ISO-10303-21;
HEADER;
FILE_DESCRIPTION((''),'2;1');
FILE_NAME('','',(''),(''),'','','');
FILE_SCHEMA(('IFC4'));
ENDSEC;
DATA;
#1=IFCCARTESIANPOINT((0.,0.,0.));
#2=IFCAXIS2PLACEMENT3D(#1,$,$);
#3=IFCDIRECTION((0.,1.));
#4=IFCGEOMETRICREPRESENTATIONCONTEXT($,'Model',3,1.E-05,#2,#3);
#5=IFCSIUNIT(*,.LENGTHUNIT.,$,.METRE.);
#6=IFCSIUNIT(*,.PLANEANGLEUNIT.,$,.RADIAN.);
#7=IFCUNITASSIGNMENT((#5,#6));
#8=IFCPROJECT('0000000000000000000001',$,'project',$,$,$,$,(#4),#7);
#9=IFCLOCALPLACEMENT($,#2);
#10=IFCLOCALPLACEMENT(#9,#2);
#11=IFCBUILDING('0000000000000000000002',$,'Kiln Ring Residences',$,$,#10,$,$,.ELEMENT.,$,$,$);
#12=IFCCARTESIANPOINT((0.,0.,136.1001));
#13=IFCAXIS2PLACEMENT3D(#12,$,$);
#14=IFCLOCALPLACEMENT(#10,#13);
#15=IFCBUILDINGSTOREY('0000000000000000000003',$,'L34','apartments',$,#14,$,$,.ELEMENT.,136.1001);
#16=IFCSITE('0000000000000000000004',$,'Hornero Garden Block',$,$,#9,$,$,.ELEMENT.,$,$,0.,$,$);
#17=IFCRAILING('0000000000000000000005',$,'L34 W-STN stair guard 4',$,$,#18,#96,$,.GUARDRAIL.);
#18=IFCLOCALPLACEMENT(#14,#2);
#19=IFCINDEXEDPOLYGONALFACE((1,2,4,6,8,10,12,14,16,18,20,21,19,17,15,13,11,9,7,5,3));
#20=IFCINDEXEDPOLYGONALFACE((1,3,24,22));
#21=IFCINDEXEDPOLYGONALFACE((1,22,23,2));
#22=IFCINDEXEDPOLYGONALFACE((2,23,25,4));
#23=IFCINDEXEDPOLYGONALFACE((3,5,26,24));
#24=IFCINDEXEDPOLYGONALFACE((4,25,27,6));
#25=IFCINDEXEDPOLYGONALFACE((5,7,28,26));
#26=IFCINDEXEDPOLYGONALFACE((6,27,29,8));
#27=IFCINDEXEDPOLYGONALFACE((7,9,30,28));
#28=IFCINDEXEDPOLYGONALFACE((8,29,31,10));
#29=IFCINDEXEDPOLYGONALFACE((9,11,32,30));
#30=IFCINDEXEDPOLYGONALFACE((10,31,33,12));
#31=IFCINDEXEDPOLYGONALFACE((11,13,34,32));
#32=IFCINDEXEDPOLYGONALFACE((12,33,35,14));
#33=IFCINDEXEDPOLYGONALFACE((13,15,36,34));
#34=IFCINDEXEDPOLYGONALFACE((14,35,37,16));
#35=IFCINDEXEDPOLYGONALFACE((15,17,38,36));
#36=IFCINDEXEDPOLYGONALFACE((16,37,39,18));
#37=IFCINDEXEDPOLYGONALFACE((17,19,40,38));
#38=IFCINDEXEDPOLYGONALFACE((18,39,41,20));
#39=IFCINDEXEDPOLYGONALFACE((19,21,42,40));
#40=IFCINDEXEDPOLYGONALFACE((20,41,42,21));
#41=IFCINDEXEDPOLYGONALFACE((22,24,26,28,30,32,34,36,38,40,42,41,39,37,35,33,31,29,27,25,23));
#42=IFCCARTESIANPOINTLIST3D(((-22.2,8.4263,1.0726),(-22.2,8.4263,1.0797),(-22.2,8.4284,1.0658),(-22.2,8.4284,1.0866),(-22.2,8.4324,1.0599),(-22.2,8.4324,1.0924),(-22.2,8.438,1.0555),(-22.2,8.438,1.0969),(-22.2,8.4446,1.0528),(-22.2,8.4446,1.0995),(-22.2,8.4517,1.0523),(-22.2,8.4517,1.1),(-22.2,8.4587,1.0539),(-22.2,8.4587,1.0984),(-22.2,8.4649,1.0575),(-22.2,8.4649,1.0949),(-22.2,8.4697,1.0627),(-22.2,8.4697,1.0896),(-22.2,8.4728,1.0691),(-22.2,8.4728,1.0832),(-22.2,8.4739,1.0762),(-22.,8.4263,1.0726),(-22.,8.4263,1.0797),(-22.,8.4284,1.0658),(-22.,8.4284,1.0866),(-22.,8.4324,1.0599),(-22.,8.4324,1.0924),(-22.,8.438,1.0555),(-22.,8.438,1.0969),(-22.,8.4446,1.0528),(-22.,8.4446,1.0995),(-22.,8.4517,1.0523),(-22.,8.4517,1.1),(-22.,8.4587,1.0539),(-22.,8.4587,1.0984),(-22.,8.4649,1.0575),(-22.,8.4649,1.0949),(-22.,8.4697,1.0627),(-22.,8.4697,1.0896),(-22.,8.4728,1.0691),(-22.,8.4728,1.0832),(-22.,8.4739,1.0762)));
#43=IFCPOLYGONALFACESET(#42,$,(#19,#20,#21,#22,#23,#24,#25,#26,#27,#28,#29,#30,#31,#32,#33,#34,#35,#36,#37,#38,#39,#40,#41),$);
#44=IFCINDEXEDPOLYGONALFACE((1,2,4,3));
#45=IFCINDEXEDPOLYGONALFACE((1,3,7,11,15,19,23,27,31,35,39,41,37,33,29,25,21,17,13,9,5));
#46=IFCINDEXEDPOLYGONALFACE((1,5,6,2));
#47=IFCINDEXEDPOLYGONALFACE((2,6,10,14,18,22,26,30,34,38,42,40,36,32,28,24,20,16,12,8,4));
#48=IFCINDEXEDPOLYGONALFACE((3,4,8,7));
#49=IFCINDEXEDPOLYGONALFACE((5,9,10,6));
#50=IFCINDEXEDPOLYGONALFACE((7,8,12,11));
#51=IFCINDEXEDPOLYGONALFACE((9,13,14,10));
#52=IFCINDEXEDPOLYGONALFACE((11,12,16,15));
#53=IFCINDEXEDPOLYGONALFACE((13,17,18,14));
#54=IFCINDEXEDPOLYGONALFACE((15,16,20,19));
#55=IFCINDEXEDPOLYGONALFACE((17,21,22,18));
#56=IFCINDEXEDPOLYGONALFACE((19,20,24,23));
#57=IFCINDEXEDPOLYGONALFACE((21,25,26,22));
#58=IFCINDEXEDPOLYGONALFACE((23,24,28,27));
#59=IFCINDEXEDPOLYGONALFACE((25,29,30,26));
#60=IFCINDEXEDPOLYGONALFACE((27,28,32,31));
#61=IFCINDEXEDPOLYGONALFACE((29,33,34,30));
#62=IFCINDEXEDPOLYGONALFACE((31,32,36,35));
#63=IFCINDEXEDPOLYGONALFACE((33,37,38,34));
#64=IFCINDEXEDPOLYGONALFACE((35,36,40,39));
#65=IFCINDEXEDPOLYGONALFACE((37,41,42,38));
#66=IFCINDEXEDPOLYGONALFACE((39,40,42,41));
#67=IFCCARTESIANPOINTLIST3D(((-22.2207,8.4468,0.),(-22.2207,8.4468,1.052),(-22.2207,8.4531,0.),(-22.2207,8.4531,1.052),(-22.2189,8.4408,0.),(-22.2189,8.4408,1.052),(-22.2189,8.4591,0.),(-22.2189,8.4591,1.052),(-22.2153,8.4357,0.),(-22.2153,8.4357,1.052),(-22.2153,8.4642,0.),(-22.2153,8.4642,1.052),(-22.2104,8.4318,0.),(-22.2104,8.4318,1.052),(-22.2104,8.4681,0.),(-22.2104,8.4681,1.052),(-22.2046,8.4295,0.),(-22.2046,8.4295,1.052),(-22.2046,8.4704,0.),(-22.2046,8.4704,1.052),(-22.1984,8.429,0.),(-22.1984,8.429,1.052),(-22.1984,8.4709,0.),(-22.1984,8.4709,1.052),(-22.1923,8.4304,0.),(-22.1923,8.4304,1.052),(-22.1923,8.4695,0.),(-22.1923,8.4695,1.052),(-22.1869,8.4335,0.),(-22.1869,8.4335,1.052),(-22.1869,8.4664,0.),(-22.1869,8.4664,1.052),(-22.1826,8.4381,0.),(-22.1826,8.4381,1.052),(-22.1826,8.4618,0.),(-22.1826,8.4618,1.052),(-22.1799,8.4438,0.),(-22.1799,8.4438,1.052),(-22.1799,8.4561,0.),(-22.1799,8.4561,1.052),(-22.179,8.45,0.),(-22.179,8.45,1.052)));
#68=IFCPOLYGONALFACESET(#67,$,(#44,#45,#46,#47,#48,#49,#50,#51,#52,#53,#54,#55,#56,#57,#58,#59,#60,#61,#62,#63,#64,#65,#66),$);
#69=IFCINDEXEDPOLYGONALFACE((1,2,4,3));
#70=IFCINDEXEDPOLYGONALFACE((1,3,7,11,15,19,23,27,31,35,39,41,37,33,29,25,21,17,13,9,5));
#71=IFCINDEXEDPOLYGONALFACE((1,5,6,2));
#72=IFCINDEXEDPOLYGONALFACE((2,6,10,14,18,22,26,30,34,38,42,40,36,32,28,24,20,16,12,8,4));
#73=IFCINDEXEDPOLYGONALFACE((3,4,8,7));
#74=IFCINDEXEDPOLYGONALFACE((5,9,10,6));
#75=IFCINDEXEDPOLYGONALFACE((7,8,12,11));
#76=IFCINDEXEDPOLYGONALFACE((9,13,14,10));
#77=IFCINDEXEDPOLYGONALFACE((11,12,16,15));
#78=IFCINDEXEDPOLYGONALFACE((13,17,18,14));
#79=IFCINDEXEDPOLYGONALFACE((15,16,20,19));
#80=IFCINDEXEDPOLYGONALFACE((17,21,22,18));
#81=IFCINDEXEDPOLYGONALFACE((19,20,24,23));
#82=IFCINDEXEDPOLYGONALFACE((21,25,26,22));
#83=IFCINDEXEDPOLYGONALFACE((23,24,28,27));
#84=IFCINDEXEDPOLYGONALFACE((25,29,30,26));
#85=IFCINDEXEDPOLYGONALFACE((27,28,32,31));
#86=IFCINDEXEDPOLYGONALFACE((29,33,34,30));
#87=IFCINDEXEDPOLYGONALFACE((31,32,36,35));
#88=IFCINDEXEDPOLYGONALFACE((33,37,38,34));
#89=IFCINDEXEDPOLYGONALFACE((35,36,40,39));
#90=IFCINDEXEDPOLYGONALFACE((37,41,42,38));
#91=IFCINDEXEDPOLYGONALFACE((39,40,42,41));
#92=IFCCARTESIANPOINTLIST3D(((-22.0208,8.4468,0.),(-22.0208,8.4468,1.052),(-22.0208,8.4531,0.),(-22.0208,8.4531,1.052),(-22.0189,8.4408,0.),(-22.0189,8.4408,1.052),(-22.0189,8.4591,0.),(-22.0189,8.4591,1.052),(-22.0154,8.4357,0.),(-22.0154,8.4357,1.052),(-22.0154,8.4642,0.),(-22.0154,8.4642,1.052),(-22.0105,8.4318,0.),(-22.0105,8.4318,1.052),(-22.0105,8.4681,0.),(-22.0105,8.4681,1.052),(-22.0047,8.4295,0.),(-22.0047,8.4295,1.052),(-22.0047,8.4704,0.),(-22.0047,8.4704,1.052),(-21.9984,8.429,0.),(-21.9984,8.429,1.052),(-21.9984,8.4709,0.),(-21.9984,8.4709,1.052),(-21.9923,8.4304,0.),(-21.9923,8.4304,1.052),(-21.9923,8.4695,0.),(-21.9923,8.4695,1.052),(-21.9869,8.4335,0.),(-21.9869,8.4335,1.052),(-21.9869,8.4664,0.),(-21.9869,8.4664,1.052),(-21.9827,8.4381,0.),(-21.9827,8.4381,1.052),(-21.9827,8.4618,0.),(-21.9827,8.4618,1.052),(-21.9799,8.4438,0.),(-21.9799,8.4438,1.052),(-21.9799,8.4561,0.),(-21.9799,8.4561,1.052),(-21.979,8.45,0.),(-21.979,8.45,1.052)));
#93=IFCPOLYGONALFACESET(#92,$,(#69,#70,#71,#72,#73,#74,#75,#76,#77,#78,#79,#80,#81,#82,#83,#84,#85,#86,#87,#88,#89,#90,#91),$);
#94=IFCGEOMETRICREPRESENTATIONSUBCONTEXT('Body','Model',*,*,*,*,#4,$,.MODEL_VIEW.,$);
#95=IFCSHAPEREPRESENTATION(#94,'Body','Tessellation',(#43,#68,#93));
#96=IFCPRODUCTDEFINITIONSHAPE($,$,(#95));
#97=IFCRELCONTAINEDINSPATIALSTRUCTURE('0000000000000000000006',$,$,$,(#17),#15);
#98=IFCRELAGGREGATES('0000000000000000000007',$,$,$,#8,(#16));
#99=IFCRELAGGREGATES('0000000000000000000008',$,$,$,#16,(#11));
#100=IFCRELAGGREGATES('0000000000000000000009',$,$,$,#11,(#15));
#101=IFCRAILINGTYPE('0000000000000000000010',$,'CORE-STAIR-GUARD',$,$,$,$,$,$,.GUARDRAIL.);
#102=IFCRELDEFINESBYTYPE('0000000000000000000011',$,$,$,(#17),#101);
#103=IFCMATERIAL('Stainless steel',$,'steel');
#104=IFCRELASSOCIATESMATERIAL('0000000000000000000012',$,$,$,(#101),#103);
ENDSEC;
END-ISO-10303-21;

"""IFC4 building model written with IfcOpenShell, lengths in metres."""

from ifc_helpers import new_model, si_unit, direction, frame, origin, origin_2d, place, context, subcontext, project, spatial, circle, extrude, material, type_object, element, save


model = new_model("IFC4")

# Units and contexts
model_context = context("Model", 3, precision=1e-05, world=origin(), true_north=direction((0.0, 1.0)))
body_context = subcontext(model_context, "Body", "Model", "MODEL_VIEW")
ifc_project = project(units=[si_unit("LENGTHUNIT", "METRE"), si_unit("PLANEANGLEUNIT", "RADIAN")], contexts=[model_context])

# Site, building, storey
site_placement = place(None, origin())
site = spatial("IfcSite", under=ifc_project, at=site_placement, Name="Hornero Garden Block", CompositionType="ELEMENT", RefElevation=0.0)
building_placement = place(site_placement, origin())
building = spatial("IfcBuilding", under=site, at=building_placement, Name="Kiln Ring Residences", CompositionType="ELEMENT")
storey_placement = place(building_placement, frame((0.0, 0.0, 136.1001)))
storey = spatial("IfcBuildingStorey", under=building, at=storey_placement, Name="L34", Description="apartments", CompositionType="ELEMENT", Elevation=136.1001)

# Railing
ifc_material_1 = material(Name="Stainless steel", Category="steel")
railing_type_1 = type_object("IfcRailingType", Name="CORE-STAIR-GUARD", PredefinedType="GUARDRAIL", material=ifc_material_1)
railing_1_placement = place(storey_placement, frame((-22.2, 8.45, 0.0)))
element("IfcRailing", 1, at=railing_1_placement, inside=storey, type_object=railing_type_1, Name="L34 W-STN stair guard 4", PredefinedType="GUARDRAIL", context=body_context, shape_type="SweptSolid", body=[
    extrude(circle(Radius=0.0239, at=origin_2d()), frame((0.0, 0.0, 1.0762), z_axis=(1.0, 0.0, 0.0), x_axis=(0.0, 1.0, 0.0)), (0.0, 0.0, 1.0), 0.2),
    extrude(circle(Radius=0.021, at=origin_2d()), origin(), (0.0, 0.0, 1.0), 1.052),
    extrude(circle(Radius=0.021, at=origin_2d()), frame((0.2, 0.0, 0.0)), (0.0, 0.0, 1.0), 1.052),
])

save(model, "model.ifc")
